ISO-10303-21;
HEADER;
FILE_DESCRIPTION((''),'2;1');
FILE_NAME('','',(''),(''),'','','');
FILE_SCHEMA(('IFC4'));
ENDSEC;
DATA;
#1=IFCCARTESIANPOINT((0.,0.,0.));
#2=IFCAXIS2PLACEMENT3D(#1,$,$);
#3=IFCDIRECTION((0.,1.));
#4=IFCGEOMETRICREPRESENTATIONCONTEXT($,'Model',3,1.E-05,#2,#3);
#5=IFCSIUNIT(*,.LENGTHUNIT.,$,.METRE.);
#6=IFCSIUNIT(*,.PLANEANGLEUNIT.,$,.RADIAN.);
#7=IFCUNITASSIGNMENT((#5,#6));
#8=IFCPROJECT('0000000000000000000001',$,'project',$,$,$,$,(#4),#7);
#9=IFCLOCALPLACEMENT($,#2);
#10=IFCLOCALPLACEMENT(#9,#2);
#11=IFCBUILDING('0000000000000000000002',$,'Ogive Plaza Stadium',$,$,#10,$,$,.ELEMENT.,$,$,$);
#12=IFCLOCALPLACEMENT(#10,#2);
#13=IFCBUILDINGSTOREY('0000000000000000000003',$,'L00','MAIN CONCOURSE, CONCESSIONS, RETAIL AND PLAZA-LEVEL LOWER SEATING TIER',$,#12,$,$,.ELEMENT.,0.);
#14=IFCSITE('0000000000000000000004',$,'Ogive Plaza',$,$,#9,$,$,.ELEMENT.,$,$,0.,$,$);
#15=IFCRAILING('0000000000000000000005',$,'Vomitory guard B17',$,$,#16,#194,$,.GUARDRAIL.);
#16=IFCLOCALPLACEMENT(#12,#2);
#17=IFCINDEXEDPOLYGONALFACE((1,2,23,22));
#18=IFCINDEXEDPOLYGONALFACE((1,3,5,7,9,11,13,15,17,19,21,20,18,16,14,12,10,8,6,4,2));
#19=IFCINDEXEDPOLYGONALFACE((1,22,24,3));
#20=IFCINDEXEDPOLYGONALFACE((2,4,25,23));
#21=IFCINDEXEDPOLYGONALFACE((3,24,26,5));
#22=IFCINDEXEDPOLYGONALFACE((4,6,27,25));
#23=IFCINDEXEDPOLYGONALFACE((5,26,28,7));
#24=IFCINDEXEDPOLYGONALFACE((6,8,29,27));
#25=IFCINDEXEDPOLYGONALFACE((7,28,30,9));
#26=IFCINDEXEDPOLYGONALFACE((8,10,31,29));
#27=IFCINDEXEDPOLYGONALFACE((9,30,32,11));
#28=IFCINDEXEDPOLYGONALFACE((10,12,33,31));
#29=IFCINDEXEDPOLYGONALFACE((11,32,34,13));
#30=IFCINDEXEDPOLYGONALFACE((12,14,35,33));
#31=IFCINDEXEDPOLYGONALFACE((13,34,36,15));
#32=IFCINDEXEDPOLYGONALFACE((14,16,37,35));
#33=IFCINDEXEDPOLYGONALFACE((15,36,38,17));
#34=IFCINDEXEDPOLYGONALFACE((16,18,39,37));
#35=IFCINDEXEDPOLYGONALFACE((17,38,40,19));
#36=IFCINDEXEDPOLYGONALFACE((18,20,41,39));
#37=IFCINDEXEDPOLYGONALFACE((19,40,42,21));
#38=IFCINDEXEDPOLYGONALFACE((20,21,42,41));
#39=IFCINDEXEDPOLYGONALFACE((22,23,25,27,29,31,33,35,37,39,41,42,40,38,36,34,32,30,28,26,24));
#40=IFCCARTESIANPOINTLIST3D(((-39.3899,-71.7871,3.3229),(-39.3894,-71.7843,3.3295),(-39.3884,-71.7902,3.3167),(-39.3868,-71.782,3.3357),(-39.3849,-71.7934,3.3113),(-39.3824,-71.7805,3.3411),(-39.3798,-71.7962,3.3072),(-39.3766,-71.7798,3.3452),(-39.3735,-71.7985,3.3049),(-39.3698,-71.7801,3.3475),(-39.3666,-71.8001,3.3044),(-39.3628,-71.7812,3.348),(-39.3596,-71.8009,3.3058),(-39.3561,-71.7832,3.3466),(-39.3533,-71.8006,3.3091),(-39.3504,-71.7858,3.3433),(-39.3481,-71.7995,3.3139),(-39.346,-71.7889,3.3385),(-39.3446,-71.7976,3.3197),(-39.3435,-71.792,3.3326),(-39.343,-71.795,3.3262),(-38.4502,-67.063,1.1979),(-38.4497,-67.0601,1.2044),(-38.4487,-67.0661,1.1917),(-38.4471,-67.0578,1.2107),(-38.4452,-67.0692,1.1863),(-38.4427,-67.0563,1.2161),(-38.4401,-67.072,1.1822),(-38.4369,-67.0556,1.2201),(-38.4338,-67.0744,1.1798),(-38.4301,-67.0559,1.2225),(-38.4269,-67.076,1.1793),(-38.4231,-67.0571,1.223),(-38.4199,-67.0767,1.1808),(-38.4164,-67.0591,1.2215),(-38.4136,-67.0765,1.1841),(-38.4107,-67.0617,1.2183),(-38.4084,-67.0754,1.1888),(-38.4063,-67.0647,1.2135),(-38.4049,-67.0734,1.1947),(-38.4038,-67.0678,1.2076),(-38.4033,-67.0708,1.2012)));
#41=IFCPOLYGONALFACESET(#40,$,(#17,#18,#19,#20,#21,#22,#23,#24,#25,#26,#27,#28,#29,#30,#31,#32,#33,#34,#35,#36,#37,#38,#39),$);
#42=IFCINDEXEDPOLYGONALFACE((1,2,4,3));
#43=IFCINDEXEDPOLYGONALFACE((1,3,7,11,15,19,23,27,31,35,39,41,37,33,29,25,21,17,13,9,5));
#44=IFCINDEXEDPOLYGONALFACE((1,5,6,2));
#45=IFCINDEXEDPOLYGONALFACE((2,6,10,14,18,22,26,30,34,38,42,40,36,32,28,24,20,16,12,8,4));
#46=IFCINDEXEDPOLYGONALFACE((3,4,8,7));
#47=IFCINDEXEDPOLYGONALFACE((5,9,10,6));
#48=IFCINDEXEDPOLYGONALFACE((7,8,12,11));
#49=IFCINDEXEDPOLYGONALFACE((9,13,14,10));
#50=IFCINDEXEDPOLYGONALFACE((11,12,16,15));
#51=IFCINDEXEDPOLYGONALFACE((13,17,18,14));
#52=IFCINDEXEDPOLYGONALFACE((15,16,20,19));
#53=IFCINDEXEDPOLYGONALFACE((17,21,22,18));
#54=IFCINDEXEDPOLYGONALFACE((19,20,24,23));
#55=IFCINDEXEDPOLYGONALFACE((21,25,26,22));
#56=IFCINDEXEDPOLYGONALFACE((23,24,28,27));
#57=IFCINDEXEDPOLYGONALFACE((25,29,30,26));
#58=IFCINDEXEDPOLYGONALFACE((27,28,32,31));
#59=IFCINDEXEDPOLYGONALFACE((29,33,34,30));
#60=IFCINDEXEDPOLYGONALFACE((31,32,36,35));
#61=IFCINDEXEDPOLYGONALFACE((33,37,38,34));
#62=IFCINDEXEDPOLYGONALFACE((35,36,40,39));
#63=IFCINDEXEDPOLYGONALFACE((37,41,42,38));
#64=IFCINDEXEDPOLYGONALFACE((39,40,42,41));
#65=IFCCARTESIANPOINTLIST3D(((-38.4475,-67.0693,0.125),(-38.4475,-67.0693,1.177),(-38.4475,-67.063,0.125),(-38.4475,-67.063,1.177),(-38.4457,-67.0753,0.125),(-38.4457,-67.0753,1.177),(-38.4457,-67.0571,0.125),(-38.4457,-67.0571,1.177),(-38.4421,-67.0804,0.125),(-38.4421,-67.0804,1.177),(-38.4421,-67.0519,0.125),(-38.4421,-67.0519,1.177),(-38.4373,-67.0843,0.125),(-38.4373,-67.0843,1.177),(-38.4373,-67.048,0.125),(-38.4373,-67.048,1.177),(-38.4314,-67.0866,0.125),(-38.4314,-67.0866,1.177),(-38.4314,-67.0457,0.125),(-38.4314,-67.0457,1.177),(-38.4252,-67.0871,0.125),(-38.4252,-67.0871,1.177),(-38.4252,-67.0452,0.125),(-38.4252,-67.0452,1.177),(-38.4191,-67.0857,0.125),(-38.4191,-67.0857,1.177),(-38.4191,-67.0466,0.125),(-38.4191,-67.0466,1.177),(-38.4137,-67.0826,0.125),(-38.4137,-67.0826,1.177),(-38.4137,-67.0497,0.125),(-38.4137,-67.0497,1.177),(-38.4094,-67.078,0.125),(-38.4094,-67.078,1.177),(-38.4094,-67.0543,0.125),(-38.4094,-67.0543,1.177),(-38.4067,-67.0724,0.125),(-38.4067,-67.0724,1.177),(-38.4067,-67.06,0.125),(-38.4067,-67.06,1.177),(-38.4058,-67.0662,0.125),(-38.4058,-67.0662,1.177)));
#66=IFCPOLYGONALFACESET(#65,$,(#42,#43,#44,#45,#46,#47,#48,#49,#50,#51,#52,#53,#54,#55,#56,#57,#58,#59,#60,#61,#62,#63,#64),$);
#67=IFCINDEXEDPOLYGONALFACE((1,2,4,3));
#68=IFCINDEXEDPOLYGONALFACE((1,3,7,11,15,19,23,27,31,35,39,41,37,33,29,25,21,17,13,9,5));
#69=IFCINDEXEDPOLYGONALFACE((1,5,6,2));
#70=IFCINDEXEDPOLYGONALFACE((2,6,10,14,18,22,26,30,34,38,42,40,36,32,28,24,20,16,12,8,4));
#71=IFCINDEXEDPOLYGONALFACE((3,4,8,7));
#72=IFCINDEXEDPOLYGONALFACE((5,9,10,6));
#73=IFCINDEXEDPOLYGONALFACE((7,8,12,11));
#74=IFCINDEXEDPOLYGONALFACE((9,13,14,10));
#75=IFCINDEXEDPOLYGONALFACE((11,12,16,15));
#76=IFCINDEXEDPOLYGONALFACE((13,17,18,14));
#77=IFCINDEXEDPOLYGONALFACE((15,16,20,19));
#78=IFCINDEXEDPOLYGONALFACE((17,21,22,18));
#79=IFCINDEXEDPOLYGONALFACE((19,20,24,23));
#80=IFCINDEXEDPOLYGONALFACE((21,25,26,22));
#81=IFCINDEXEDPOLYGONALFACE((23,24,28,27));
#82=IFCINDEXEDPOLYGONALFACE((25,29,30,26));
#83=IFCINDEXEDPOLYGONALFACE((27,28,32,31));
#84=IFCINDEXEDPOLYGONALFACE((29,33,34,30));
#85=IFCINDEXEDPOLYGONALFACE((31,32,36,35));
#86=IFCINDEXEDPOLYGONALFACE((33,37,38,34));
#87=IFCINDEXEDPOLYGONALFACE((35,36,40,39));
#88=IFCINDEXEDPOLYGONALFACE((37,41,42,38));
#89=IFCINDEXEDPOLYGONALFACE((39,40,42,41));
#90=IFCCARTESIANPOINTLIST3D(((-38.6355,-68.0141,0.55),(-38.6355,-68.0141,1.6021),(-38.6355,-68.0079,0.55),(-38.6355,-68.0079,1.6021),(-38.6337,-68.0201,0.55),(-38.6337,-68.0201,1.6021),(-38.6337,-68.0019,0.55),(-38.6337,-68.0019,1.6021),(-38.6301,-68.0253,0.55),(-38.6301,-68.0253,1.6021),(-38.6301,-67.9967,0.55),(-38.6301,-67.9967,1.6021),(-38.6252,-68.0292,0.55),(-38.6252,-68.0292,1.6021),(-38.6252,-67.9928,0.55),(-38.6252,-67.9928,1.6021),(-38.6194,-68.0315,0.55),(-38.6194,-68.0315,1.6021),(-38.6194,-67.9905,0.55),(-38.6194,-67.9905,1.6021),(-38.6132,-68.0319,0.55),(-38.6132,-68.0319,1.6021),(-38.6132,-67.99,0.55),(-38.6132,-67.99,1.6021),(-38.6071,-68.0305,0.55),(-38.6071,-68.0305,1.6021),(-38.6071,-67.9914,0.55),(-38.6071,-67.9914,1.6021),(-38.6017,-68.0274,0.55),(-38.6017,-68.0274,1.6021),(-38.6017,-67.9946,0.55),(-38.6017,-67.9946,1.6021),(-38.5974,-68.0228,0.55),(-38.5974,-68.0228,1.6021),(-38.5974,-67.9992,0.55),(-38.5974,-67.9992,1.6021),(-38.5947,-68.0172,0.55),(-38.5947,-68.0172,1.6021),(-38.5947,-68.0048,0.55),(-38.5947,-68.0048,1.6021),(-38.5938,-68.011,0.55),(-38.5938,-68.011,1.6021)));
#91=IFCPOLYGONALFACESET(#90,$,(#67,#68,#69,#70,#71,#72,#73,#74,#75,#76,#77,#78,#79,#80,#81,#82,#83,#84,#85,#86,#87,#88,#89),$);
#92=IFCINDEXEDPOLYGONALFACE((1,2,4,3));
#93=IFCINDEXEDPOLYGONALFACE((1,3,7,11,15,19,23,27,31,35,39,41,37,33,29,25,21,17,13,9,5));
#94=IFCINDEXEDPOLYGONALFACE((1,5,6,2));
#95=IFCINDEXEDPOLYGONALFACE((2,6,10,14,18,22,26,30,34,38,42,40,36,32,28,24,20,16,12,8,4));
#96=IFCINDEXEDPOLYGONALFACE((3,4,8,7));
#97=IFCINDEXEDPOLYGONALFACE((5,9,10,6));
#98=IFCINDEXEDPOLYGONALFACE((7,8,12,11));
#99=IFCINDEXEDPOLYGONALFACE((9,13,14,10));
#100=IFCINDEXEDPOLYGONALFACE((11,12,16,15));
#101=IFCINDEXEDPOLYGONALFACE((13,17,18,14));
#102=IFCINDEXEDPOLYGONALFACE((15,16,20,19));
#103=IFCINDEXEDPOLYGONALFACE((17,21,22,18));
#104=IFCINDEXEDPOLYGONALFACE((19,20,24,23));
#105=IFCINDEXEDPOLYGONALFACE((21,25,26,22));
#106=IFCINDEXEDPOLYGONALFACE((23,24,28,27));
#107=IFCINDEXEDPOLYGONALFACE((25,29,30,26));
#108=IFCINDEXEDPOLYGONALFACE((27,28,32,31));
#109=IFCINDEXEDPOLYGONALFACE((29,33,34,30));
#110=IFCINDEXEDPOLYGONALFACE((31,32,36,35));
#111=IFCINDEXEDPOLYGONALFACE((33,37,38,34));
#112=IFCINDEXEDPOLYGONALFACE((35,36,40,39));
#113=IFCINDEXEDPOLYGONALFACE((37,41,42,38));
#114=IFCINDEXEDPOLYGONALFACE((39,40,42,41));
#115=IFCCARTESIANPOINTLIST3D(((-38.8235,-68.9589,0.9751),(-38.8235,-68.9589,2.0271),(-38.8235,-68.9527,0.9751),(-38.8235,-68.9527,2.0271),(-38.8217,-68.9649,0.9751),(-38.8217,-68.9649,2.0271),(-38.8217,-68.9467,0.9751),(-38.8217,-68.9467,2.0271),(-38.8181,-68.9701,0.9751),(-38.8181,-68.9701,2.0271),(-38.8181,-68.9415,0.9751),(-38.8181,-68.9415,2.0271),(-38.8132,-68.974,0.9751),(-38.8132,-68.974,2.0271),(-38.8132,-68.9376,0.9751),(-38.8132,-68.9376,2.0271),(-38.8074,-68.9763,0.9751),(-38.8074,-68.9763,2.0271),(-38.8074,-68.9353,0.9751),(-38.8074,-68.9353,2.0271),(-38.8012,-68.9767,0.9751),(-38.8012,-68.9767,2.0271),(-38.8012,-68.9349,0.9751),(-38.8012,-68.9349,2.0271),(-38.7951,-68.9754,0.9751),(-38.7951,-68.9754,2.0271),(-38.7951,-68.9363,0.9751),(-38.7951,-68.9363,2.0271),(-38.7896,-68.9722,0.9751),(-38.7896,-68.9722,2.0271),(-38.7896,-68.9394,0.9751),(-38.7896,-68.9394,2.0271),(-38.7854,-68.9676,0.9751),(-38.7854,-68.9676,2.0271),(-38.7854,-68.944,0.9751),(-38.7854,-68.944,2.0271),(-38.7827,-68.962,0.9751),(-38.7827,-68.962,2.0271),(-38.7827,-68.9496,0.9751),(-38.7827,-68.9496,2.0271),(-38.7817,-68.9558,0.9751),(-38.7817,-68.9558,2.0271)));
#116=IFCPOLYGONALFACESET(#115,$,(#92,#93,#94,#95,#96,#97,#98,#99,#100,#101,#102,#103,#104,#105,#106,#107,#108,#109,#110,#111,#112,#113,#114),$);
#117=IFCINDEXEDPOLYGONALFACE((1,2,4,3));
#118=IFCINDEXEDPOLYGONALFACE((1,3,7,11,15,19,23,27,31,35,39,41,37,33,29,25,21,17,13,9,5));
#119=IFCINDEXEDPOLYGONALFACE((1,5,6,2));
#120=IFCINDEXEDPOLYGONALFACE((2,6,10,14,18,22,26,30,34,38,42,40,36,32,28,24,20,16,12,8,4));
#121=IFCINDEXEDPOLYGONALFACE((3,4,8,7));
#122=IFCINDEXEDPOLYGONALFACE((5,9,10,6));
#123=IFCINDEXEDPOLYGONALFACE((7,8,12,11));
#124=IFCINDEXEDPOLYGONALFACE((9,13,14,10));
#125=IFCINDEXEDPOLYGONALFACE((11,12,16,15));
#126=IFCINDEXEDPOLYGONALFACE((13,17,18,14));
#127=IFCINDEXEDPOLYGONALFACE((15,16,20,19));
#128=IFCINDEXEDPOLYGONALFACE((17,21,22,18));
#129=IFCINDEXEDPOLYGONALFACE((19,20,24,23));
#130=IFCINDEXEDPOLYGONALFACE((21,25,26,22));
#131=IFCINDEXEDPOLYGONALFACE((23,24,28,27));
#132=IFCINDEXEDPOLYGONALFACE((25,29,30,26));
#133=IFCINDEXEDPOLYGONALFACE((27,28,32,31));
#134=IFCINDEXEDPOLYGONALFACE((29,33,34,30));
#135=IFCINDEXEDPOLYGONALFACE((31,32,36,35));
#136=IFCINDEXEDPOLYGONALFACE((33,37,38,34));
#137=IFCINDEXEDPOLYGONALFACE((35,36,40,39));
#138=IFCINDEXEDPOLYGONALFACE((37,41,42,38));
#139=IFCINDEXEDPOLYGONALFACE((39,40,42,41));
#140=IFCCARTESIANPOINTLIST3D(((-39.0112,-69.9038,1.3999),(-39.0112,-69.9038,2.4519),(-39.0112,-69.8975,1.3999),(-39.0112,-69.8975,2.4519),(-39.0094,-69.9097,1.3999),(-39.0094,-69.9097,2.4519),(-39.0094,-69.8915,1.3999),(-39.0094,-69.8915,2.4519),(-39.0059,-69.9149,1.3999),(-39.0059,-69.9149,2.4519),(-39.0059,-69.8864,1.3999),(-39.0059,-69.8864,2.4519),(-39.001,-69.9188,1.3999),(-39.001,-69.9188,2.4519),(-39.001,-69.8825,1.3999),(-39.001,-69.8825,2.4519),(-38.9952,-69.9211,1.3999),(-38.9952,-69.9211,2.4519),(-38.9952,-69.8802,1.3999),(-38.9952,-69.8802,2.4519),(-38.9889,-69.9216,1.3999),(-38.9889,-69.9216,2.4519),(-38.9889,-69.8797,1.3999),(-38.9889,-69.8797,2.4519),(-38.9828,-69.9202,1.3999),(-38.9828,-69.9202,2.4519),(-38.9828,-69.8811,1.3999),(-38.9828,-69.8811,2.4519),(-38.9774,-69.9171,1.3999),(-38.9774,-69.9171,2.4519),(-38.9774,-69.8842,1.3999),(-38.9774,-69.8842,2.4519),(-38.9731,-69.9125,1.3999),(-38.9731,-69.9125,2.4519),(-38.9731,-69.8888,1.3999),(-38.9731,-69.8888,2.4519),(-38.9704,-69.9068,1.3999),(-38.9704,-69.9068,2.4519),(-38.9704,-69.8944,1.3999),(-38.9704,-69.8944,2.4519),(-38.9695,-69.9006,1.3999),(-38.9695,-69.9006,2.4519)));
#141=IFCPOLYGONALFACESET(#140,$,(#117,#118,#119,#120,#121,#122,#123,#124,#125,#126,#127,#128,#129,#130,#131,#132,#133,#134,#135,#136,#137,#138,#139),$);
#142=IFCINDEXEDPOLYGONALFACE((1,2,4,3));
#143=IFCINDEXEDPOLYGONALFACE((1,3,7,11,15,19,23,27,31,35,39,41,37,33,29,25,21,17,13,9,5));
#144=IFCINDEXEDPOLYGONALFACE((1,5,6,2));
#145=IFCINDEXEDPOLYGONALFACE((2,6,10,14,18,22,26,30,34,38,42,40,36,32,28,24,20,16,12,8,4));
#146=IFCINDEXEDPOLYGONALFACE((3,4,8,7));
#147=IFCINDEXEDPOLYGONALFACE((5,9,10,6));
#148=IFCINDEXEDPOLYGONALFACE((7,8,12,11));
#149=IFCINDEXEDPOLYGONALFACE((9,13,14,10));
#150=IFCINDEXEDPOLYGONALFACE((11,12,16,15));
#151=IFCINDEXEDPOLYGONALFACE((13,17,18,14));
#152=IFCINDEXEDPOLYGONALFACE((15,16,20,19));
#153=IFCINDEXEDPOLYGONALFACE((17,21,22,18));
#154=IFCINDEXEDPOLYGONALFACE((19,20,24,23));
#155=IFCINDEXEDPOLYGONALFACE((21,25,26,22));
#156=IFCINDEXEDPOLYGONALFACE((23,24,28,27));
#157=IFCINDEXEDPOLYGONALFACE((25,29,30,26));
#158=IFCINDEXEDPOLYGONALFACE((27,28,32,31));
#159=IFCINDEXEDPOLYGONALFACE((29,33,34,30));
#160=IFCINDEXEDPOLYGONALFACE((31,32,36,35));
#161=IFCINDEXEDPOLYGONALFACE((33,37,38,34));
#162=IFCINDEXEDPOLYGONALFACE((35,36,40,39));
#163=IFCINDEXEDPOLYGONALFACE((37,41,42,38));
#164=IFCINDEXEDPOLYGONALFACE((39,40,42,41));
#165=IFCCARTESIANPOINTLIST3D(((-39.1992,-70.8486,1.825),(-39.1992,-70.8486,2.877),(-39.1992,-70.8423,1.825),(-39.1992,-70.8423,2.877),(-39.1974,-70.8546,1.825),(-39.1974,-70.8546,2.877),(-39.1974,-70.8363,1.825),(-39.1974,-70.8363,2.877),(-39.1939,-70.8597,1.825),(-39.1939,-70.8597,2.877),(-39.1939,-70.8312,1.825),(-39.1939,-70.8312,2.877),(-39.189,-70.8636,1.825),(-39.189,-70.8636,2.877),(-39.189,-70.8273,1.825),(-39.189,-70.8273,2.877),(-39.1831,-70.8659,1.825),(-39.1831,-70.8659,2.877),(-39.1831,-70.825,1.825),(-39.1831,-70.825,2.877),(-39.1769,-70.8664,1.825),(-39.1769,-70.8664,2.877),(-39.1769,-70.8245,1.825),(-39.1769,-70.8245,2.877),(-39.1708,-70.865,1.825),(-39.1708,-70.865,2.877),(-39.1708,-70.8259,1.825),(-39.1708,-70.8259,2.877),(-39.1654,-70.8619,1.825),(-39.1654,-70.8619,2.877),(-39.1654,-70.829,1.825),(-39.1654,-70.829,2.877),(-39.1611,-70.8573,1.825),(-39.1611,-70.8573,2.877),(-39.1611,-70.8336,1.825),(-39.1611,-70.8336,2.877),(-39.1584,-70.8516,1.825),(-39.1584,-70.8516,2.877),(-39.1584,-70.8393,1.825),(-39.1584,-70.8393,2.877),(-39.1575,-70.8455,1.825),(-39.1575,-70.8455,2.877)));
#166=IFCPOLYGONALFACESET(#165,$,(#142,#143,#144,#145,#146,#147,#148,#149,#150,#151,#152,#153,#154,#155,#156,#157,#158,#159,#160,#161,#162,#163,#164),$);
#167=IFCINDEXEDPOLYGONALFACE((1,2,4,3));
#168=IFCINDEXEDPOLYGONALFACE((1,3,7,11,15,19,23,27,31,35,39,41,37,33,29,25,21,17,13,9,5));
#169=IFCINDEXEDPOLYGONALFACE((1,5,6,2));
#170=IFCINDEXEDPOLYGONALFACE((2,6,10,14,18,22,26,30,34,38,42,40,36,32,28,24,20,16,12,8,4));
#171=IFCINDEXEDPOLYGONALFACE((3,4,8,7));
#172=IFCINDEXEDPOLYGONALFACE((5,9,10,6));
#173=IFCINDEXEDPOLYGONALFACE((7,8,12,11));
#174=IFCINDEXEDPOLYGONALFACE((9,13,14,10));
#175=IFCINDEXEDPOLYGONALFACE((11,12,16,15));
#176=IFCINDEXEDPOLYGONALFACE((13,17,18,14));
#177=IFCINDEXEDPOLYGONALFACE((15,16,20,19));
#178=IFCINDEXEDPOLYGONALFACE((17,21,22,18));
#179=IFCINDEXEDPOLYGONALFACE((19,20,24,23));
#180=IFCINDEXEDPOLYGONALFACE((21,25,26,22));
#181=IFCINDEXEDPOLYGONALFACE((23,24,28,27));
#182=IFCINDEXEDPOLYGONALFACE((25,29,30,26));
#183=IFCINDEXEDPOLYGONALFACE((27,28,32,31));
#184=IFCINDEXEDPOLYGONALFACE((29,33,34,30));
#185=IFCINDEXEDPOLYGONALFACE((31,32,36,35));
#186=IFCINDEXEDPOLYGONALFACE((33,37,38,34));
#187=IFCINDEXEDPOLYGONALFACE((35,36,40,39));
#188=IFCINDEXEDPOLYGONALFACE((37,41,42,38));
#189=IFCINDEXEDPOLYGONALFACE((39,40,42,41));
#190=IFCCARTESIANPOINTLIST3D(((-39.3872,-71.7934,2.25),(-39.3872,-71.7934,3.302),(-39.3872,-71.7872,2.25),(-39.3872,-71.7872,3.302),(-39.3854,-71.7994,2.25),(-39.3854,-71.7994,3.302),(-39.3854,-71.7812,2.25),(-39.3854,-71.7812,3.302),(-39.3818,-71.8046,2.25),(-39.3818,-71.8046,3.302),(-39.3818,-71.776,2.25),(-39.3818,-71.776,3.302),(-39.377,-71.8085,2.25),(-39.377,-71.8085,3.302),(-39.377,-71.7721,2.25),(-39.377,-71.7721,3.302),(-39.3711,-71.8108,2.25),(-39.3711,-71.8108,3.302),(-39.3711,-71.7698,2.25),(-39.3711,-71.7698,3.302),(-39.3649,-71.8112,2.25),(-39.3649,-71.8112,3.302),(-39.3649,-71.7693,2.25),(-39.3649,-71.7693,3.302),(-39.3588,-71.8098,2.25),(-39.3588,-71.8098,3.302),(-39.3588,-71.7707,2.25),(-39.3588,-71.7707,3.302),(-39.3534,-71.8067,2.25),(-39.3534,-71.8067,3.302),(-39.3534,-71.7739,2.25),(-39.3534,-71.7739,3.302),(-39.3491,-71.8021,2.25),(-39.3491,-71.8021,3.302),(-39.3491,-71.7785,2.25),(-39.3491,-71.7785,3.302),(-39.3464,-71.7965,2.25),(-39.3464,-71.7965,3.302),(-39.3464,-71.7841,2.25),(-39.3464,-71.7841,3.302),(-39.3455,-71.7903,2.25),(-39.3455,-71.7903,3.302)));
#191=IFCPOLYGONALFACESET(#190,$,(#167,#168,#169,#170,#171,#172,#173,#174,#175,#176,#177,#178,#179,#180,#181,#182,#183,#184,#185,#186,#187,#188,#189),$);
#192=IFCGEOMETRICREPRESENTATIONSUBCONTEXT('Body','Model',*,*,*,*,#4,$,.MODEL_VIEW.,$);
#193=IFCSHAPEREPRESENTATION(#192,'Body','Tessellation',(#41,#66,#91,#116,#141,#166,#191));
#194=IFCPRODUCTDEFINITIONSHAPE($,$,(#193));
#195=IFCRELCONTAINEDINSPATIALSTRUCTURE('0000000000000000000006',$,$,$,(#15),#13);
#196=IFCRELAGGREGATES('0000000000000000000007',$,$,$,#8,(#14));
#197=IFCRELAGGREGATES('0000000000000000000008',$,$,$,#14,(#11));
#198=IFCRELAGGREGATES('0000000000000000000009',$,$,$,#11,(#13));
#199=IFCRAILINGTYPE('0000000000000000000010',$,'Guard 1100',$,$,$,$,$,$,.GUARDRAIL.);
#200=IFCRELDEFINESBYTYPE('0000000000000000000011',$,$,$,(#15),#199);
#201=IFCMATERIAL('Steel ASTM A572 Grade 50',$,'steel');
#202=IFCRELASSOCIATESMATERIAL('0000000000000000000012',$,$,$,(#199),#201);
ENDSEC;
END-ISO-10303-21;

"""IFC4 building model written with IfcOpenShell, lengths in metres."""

from ifc_helpers import new_model, si_unit, direction, frame, origin, origin_2d, place, context, subcontext, project, spatial, circle, extrude, material, type_object, element, save


model = new_model("IFC4")

# Units and contexts
model_context = context("Model", 3, precision=1e-05, world=origin(), true_north=direction((0.0, 1.0)))
body_context = subcontext(model_context, "Body", "Model", "MODEL_VIEW")
ifc_project = project(units=[si_unit("LENGTHUNIT", "METRE"), si_unit("PLANEANGLEUNIT", "RADIAN")], contexts=[model_context])

# Site, building, storey
site_placement = place(None, origin())
site = spatial("IfcSite", under=ifc_project, at=site_placement, Name="Ogive Plaza", CompositionType="ELEMENT", RefElevation=0.0)
building_placement = place(site_placement, origin())
building = spatial("IfcBuilding", under=site, at=building_placement, Name="Ogive Plaza Stadium", CompositionType="ELEMENT")
storey_placement = place(building_placement, origin())
storey = spatial("IfcBuildingStorey", under=building, at=storey_placement, Name="L00", Description="MAIN CONCOURSE, CONCESSIONS, RETAIL AND PLAZA-LEVEL LOWER SEATING TIER", CompositionType="ELEMENT", Elevation=0.0)

# Railing
ifc_material_1 = material(Name="Steel ASTM A572 Grade 50", Category="steel")
railing_type = type_object("IfcRailingType", Name="Guard 1100", PredefinedType="GUARDRAIL", material=ifc_material_1)
railing_1_placement = place(storey_placement, frame((-38.4268, -67.0662, 0.125)))
element("IfcRailing", 1, at=railing_1_placement, inside=storey, type_object=railing_type, Name="Vomitory guard B17", PredefinedType="GUARDRAIL", context=body_context, shape_type="SweptSolid", body=[
    extrude(circle(Radius=0.0239, at=origin_2d()), frame((0.0, 0.0, 1.0762), z_axis=(-0.178494, -0.897338, 0.40364), x_axis=(0.980785, -0.195093, 0.0)), (0.0, 0.0, 1.0), 5.2646),
    extrude(circle(Radius=0.021, at=origin_2d()), origin(), (0.0, 0.0, 1.0), 1.052),
    extrude(circle(Radius=0.021, at=origin_2d()), frame((-0.188, -0.9448, 0.425)), (0.0, 0.0, 1.0), 1.052),
    extrude(circle(Radius=0.021, at=origin_2d()), frame((-0.376, -1.8896, 0.8501)), (0.0, 0.0, 1.0), 1.052),
    extrude(circle(Radius=0.021, at=origin_2d()), frame((-0.5637, -2.8345, 1.2749)), (0.0, 0.0, 1.0), 1.052),
    extrude(circle(Radius=0.021, at=origin_2d()), frame((-0.7517, -3.7793, 1.7)), (0.0, 0.0, 1.0), 1.052),
    extrude(circle(Radius=0.021, at=origin_2d()), frame((-0.9397, -4.7241, 2.125)), (0.0, 0.0, 1.0), 1.052),
])

save(model, "model.ifc")
